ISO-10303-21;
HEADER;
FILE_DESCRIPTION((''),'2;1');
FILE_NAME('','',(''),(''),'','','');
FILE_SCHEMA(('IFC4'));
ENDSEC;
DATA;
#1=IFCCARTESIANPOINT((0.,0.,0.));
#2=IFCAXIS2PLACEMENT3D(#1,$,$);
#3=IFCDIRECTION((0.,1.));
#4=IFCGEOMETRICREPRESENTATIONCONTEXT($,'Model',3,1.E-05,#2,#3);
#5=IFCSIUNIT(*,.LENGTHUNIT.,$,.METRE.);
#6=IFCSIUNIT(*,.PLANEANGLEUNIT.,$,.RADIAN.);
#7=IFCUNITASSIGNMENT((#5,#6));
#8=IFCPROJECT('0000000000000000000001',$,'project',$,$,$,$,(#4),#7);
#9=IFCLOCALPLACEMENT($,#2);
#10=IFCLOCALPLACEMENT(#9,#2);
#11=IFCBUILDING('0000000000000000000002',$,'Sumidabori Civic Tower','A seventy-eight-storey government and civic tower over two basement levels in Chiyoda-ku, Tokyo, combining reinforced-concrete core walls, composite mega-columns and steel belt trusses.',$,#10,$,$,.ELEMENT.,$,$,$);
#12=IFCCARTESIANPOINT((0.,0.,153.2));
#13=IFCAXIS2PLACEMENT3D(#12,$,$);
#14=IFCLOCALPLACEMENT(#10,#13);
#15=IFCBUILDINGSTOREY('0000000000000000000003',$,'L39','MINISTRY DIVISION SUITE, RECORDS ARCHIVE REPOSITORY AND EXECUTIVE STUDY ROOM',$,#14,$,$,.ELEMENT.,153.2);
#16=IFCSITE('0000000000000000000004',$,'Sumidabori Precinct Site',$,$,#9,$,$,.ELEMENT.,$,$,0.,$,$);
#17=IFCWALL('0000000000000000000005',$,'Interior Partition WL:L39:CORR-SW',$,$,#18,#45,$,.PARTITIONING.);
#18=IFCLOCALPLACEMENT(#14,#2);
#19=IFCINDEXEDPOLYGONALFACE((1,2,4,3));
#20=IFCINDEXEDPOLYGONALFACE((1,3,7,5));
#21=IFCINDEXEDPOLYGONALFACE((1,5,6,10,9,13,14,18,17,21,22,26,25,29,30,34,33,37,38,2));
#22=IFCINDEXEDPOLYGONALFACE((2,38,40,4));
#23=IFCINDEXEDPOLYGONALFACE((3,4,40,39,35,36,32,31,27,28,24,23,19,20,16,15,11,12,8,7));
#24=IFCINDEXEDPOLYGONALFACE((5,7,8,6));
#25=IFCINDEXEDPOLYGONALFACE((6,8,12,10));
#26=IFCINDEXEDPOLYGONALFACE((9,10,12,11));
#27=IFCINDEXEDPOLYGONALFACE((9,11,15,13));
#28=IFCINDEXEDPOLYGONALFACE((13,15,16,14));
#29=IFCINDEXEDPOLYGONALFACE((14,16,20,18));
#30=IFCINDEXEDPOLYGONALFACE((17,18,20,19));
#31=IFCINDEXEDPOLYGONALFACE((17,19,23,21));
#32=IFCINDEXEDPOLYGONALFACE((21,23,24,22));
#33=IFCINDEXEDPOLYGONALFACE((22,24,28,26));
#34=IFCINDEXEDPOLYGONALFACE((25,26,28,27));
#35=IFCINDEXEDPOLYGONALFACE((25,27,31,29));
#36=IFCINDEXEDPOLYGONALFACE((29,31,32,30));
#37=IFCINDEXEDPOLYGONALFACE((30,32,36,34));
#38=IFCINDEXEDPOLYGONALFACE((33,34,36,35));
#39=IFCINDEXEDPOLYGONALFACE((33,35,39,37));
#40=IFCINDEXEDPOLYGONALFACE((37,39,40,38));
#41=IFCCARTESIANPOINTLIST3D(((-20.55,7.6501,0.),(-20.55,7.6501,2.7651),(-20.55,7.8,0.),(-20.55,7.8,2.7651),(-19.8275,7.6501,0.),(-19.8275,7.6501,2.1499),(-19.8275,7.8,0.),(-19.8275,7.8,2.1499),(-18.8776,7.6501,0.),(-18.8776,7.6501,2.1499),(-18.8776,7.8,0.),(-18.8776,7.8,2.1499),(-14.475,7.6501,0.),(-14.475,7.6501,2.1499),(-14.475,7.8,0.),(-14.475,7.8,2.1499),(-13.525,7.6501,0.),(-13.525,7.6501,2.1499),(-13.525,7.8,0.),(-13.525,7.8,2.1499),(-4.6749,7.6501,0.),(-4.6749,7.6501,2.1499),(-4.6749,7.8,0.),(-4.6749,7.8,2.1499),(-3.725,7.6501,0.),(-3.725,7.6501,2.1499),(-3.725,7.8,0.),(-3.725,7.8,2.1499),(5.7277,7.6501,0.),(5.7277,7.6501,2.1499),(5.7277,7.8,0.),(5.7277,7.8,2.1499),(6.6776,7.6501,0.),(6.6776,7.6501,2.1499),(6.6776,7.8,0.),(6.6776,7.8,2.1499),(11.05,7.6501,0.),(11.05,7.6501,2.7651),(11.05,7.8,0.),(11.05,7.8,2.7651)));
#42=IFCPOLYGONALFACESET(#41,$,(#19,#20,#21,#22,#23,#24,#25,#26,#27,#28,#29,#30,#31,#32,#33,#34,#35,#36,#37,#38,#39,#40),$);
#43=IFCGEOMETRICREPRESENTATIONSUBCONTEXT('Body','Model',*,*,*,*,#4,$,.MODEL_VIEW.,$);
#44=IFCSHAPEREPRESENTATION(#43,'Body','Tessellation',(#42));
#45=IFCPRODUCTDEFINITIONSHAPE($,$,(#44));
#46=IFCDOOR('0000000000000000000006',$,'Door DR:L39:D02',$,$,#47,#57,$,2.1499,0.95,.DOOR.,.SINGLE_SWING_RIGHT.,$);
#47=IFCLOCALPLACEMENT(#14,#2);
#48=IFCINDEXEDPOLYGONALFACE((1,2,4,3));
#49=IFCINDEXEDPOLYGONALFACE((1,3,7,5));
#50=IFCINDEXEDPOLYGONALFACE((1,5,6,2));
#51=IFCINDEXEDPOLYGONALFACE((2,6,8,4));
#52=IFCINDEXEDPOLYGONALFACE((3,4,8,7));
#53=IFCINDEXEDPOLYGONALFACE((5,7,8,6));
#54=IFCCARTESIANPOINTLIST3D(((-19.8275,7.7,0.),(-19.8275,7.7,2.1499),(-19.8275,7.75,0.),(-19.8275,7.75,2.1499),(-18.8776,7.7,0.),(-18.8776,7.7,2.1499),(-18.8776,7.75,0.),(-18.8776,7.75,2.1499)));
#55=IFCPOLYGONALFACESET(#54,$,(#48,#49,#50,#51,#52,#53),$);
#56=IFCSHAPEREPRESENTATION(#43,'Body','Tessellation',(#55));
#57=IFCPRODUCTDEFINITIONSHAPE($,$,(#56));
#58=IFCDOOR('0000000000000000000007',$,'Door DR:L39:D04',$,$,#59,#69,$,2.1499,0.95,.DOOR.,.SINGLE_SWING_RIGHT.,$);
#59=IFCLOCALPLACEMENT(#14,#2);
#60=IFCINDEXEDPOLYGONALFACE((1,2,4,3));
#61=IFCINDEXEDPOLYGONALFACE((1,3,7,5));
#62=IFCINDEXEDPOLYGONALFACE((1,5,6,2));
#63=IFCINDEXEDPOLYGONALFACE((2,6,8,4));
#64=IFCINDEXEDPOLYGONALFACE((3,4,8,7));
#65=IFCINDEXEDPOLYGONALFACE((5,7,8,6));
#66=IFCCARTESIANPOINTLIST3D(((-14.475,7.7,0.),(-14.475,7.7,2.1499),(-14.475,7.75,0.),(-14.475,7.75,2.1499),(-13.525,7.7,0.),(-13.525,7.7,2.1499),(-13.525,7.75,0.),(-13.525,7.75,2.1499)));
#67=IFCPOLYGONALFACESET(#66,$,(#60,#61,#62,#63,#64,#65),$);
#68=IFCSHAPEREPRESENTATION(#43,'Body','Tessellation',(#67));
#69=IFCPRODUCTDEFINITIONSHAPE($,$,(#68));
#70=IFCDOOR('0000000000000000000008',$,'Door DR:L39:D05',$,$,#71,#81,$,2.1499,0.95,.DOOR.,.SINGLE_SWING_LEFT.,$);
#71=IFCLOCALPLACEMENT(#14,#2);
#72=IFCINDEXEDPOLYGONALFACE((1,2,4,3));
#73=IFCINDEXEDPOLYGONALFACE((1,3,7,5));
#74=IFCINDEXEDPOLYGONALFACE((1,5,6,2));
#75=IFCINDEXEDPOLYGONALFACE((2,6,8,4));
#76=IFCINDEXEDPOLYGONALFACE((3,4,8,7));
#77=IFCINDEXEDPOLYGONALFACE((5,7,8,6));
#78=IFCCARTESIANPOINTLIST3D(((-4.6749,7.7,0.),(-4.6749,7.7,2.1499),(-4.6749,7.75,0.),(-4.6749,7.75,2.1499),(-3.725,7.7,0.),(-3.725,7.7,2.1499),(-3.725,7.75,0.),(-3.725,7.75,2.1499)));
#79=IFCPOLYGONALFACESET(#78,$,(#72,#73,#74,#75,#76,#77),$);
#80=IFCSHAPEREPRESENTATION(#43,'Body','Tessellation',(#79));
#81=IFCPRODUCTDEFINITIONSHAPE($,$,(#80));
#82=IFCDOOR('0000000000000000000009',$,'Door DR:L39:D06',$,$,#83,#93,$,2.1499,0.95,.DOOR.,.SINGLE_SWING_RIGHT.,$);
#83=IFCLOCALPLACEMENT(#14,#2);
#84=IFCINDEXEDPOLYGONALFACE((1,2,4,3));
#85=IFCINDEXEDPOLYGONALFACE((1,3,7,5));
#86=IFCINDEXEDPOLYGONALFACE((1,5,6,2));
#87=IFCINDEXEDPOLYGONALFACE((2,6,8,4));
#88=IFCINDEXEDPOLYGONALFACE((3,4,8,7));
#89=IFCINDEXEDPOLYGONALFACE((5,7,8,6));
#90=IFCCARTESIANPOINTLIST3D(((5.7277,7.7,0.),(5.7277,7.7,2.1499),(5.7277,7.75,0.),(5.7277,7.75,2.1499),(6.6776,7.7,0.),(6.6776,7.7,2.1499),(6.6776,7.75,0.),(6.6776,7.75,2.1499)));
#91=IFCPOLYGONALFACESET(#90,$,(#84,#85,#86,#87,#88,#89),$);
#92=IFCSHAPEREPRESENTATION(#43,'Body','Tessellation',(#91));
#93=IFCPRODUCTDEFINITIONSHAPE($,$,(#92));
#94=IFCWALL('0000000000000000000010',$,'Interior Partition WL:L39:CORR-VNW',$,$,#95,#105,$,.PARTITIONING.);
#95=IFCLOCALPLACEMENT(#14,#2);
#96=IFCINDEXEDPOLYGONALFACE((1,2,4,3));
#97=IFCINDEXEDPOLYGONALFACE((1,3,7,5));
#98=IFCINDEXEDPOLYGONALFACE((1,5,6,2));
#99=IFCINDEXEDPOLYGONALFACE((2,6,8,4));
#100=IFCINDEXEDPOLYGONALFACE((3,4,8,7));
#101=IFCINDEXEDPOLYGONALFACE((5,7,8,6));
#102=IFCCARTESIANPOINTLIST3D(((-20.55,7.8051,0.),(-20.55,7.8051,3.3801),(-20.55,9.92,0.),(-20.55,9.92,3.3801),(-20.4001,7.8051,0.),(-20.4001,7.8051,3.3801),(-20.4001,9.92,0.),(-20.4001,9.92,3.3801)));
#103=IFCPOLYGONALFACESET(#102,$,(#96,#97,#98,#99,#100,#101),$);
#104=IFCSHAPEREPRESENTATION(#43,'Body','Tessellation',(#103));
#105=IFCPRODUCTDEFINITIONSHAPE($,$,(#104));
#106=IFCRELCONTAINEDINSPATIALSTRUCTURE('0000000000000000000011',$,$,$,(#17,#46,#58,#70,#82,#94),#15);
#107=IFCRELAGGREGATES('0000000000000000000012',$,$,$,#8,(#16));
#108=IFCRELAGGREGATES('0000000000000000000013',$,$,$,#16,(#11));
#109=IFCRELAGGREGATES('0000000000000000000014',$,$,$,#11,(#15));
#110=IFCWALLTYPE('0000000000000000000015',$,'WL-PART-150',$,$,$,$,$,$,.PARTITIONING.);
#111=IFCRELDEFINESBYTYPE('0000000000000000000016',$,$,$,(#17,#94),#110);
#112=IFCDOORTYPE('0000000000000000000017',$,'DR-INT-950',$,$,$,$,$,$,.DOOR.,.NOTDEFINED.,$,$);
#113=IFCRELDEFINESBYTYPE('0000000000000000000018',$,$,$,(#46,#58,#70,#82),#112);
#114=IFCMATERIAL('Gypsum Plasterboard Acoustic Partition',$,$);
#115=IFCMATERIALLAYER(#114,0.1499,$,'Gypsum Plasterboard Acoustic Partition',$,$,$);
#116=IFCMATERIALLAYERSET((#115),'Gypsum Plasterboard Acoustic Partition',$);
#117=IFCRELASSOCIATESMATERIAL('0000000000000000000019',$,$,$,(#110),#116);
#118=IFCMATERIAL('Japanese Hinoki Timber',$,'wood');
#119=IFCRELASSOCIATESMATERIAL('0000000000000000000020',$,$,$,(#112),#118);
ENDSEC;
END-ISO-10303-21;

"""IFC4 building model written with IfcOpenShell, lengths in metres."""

from ifc_helpers import new_model, si_unit, direction, frame, frame_2d, origin, place, context, subcontext, project, spatial, rectangle, extrude, source, transform, mapped, material, layer, layer_set, type_object, element, fill, save


model = new_model("IFC4")

# Units and contexts
model_context = context("Model", 3, precision=1e-05, world=origin(), true_north=direction((0.0, 1.0)))
body_context = subcontext(model_context, "Body", "Model", "MODEL_VIEW")
ifc_project = project(units=[si_unit("LENGTHUNIT", "METRE"), si_unit("PLANEANGLEUNIT", "RADIAN")], contexts=[model_context])

# Site, building, storey
site_placement = place(None, origin())
site = spatial("IfcSite", under=ifc_project, at=site_placement, Name="Sumidabori Precinct Site", CompositionType="ELEMENT", RefElevation=0.0)
building_placement = place(site_placement, origin())
building = spatial("IfcBuilding", under=site, at=building_placement, Name="Sumidabori Civic Tower", Description="A seventy-eight-storey government and civic tower over two basement levels in Chiyoda-ku, Tokyo, combining reinforced-concrete core walls, composite mega-columns and steel belt trusses.", CompositionType="ELEMENT")
storey_placement = place(building_placement, frame((0.0, 0.0, 153.2)))
storey = spatial("IfcBuildingStorey", under=building, at=storey_placement, Name="L39", Description="MINISTRY DIVISION SUITE, RECORDS ARCHIVE REPOSITORY AND EXECUTIVE STUDY ROOM", CompositionType="ELEMENT", Elevation=153.2)

# Wall, openings, doors
ifc_material_1 = material(Name="Gypsum Plasterboard Acoustic Partition")
ifc_layer_1 = layer(ifc_material_1, 0.1499, Name="Gypsum Plasterboard Acoustic Partition")
ifc_layer_set_1 = layer_set([ifc_layer_1], Name="Gypsum Plasterboard Acoustic Partition")
wall_type_1 = type_object("IfcWallType", Name="WL-PART-150", PredefinedType="PARTITIONING", material=ifc_layer_set_1)
shared_shape_1 = source(origin(), body_context, "Body", "SweptSolid", [
    extrude(rectangle(XDim=31.6001, YDim=0.1499, at=frame_2d((15.8, 0.0))), origin(), (0.0, 0.0, 1.0), 2.7651),
])
wall_1_placement = place(storey_placement, frame((-20.55, 7.7251, 0.0), z_axis=(0.0, 0.0, 1.0), x_axis=(1.0, 0.0, 0.0)))
wall_1 = element("IfcWall", 1, at=wall_1_placement, inside=storey, type_object=wall_type_1, Name="Interior Partition WL:L39:CORR-SW", PredefinedType="PARTITIONING", context=body_context, shape_type="MappedRepresentation", body=[
    mapped(shared_shape_1, transform((0.0, 0.0, 0.0), x_axis=(1.0, 0.0, 0.0), y_axis=(0.0, 1.0, 0.0), z_axis=(0.0, 0.0, 1.0), scale=1.0)),
])
opening_1_placement = place(wall_1_placement, frame((0.7224, 0.0, 0.0)))
opening_1 = element("IfcOpeningElement", 2, at=opening_1_placement, cuts=wall_1, PredefinedType="OPENING", context=body_context, shape_type="SweptSolid", body=[
    extrude(rectangle(XDim=0.95, YDim=2.1499, at=frame_2d((0.4751, 1.075))), frame((0.0, 0.0869, 0.0), z_axis=(0.0, -1.0, 0.0), x_axis=(1.0, 0.0, 0.0)), (0.0, 0.0, 1.0), 0.1738),
])
opening_2_placement = place(wall_1_placement, frame((6.075, 0.0, 0.0)))
opening_2 = element("IfcOpeningElement", 3, at=opening_2_placement, cuts=wall_1, PredefinedType="OPENING", context=body_context, shape_type="SweptSolid", body=[
    extrude(rectangle(XDim=0.95, YDim=2.1499, at=frame_2d((0.4751, 1.075))), frame((0.0, 0.0869, 0.0), z_axis=(0.0, -1.0, 0.0), x_axis=(1.0, 0.0, 0.0)), (0.0, 0.0, 1.0), 0.1738),
])
opening_3_placement = place(wall_1_placement, frame((15.875, 0.0, 0.0)))
opening_3 = element("IfcOpeningElement", 4, at=opening_3_placement, cuts=wall_1, PredefinedType="OPENING", context=body_context, shape_type="SweptSolid", body=[
    extrude(rectangle(XDim=0.95, YDim=2.1499, at=frame_2d((0.4751, 1.075))), frame((0.0, 0.0869, 0.0), z_axis=(0.0, -1.0, 0.0), x_axis=(1.0, 0.0, 0.0)), (0.0, 0.0, 1.0), 0.1738),
])
opening_4_placement = place(wall_1_placement, frame((26.2776, 0.0, 0.0)))
opening_4 = element("IfcOpeningElement", 5, at=opening_4_placement, cuts=wall_1, PredefinedType="OPENING", context=body_context, shape_type="SweptSolid", body=[
    extrude(rectangle(XDim=0.95, YDim=2.1499, at=frame_2d((0.4751, 1.075))), frame((0.0, 0.0869, 0.0), z_axis=(0.0, -1.0, 0.0), x_axis=(1.0, 0.0, 0.0)), (0.0, 0.0, 1.0), 0.1738),
])
ifc_material_2 = material(Name="Japanese Hinoki Timber", Category="wood")
door_type_1 = type_object("IfcDoorType", Name="DR-INT-950", OperationType="NOTDEFINED", PredefinedType="DOOR", material=ifc_material_2)
shared_shape_2 = source(origin(), body_context, "Body", "SweptSolid", [
    extrude(rectangle(XDim=0.95, YDim=2.1499, at=frame_2d((0.4751, 1.075))), frame((0.0, 0.0249, 0.0), z_axis=(0.0, -1.0, 0.0), x_axis=(1.0, 0.0, 0.0)), (0.0, 0.0, 1.0), 0.05),
])
door_1_placement = place(opening_1_placement, origin())
door_1 = element("IfcDoor", 6, at=door_1_placement, inside=storey, type_object=door_type_1, Name="Door DR:L39:D02", OperationType="SINGLE_SWING_RIGHT", OverallHeight=2.1499, OverallWidth=0.95, PredefinedType="DOOR", context=body_context, shape_type="MappedRepresentation", body=[
    mapped(shared_shape_2, transform((0.0, 0.0, 0.0), x_axis=(1.0, 0.0, 0.0), y_axis=(0.0, 1.0, 0.0), z_axis=(0.0, 0.0, 1.0), scale=1.0)),
])
fill(opening_1, door_1)
door_2_placement = place(opening_2_placement, origin())
door_2 = element("IfcDoor", 7, at=door_2_placement, inside=storey, type_object=door_type_1, Name="Door DR:L39:D04", OperationType="SINGLE_SWING_RIGHT", OverallHeight=2.1499, OverallWidth=0.95, PredefinedType="DOOR", context=body_context, shape_type="MappedRepresentation", body=[
    mapped(shared_shape_2, transform((0.0, 0.0, 0.0), x_axis=(1.0, 0.0, 0.0), y_axis=(0.0, 1.0, 0.0), z_axis=(0.0, 0.0, 1.0), scale=1.0)),
])
fill(opening_2, door_2)
door_3_placement = place(opening_3_placement, origin())
door_3 = element("IfcDoor", 8, at=door_3_placement, inside=storey, type_object=door_type_1, Name="Door DR:L39:D05", OperationType="SINGLE_SWING_LEFT", OverallHeight=2.1499, OverallWidth=0.95, PredefinedType="DOOR", context=body_context, shape_type="MappedRepresentation", body=[
    mapped(shared_shape_2, transform((0.0, 0.0, 0.0), x_axis=(1.0, 0.0, 0.0), y_axis=(0.0, 1.0, 0.0), z_axis=(0.0, 0.0, 1.0), scale=1.0)),
])
fill(opening_3, door_3)
door_4_placement = place(opening_4_placement, origin())
door_4 = element("IfcDoor", 9, at=door_4_placement, inside=storey, type_object=door_type_1, Name="Door DR:L39:D06", OperationType="SINGLE_SWING_RIGHT", OverallHeight=2.1499, OverallWidth=0.95, PredefinedType="DOOR", context=body_context, shape_type="MappedRepresentation", body=[
    mapped(shared_shape_2, transform((0.0, 0.0, 0.0), x_axis=(1.0, 0.0, 0.0), y_axis=(0.0, 1.0, 0.0), z_axis=(0.0, 0.0, 1.0), scale=1.0)),
])
fill(opening_4, door_4)

# Wall
shared_shape_3 = source(origin(), body_context, "Body", "SweptSolid", [
    extrude(rectangle(XDim=2.115, YDim=0.1499, at=frame_2d((1.0576, 0.0))), origin(), (0.0, 0.0, 1.0), 3.3801),
])
wall_2_placement = place(storey_placement, frame((-20.4751, 7.8049, 0.0), z_axis=(0.0, 0.0, 1.0), x_axis=(0.0, 1.0, 0.0)))
element("IfcWall", 10, at=wall_2_placement, inside=storey, type_object=wall_type_1, Name="Interior Partition WL:L39:CORR-VNW", PredefinedType="PARTITIONING", context=body_context, shape_type="MappedRepresentation", body=[
    mapped(shared_shape_3, transform((0.0, 0.0, 0.0), x_axis=(1.0, 0.0, 0.0), y_axis=(0.0, 1.0, 0.0), z_axis=(0.0, 0.0, 1.0), scale=1.0)),
])

save(model, "model.ifc")
